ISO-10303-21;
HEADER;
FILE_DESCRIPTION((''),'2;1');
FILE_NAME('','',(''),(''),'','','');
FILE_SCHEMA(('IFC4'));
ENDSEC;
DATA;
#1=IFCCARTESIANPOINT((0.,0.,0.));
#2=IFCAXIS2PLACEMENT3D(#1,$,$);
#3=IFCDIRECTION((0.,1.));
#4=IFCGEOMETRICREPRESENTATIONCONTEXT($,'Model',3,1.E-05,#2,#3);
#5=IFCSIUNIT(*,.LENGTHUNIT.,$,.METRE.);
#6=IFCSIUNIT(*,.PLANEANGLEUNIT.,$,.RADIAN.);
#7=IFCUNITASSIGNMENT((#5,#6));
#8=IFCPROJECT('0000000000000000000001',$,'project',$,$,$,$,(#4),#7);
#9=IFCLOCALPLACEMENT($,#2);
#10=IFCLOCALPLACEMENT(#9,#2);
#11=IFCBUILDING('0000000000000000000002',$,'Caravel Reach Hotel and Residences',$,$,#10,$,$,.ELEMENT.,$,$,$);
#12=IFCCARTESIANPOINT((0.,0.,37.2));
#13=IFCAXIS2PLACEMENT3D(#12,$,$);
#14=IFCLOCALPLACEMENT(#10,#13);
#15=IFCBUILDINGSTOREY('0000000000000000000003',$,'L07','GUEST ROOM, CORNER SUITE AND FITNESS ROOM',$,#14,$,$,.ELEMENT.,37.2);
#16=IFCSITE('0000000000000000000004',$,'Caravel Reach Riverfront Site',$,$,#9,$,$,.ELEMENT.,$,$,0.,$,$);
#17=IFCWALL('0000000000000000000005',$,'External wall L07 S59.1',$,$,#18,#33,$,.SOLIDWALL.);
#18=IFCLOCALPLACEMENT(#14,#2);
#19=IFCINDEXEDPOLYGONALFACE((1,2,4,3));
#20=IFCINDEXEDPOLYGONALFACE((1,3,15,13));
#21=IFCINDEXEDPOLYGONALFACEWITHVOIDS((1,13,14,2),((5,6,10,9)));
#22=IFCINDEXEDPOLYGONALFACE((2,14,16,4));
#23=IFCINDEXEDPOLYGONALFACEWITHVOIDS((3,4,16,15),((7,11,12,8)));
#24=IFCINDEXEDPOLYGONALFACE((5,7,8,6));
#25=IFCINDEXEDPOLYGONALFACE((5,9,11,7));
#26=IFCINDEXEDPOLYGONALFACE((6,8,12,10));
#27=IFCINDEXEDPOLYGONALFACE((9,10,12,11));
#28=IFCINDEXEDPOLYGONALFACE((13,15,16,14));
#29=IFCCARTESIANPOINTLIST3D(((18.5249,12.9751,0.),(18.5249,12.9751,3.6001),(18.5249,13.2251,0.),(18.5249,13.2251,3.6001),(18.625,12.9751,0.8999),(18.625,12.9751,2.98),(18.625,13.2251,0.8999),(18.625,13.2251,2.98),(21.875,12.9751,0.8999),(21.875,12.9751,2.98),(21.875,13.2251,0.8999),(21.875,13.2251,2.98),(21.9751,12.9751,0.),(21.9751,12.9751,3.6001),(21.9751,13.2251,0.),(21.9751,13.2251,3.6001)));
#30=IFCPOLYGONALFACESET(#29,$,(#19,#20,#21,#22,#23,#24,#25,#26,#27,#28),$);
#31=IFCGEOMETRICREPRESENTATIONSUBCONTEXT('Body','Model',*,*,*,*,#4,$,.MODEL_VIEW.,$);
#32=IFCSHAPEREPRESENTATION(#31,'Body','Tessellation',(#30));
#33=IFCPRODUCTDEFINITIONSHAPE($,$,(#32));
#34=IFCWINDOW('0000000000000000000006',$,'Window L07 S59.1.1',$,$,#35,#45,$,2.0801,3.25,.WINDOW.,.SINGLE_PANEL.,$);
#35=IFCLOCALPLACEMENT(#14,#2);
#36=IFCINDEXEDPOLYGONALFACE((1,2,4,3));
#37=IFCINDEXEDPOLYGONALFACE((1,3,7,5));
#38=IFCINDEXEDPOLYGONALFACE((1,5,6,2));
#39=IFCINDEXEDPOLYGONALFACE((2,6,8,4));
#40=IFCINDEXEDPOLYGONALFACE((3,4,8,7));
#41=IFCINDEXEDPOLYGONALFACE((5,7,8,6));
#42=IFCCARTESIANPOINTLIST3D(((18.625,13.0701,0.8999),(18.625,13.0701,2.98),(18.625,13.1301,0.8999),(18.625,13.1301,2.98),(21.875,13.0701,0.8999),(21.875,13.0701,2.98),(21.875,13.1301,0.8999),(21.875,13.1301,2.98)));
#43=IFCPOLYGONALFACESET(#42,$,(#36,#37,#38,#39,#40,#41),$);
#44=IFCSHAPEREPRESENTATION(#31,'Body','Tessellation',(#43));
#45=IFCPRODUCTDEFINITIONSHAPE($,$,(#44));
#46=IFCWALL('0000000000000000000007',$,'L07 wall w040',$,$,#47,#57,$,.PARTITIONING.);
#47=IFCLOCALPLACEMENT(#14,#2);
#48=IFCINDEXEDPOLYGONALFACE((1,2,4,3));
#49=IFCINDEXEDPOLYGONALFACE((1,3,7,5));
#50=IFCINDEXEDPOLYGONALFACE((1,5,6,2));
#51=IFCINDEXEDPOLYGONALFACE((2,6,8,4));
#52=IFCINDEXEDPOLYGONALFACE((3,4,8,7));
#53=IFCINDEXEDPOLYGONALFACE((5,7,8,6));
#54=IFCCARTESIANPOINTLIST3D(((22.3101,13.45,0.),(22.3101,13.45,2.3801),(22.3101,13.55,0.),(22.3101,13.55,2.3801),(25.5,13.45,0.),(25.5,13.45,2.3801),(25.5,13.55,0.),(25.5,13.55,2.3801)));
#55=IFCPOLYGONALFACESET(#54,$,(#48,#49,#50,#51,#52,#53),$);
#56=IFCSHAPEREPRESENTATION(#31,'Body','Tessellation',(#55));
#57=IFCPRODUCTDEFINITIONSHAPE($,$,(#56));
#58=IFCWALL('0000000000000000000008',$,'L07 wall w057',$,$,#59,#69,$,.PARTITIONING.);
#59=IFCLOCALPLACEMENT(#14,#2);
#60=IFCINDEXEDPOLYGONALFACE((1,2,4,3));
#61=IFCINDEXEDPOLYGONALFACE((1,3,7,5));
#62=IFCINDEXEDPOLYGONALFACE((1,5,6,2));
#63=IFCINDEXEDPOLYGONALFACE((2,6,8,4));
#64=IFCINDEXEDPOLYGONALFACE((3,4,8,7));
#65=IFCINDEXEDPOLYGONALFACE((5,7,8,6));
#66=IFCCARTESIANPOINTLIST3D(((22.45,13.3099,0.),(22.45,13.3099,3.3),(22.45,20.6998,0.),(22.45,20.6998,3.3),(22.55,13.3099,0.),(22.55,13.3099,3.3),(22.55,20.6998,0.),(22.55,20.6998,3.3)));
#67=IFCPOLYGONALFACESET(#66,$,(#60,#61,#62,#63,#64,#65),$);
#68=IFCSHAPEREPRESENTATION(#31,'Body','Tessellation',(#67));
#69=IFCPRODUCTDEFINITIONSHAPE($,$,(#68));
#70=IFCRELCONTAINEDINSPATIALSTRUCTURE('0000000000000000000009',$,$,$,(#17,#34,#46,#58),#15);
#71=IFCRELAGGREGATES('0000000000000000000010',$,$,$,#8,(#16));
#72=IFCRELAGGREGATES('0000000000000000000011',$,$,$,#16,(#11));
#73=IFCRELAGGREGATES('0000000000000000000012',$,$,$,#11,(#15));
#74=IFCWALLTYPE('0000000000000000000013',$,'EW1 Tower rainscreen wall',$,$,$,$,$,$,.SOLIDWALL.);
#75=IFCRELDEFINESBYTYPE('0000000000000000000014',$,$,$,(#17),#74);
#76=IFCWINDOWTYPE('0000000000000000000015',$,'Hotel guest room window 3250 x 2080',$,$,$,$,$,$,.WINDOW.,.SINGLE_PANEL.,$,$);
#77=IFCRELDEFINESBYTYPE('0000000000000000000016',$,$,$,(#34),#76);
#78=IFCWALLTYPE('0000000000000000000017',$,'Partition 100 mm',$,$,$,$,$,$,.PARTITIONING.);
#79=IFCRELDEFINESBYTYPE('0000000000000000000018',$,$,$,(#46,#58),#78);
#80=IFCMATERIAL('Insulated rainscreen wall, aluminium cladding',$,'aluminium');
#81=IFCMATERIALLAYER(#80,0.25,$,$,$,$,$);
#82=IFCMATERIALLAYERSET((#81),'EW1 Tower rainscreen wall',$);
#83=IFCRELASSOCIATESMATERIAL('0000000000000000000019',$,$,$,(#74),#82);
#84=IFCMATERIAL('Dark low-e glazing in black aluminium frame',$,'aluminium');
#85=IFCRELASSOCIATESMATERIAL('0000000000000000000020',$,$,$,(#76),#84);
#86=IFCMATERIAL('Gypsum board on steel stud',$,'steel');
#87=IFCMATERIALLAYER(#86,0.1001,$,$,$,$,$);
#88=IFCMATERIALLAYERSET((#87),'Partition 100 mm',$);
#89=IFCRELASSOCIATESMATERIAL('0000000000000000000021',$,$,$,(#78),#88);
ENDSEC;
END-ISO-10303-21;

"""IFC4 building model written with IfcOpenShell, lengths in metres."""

from ifc_helpers import new_model, si_unit, direction, frame, frame_2d, origin, place, context, subcontext, project, spatial, rectangle, extrude, material, layer, layer_set, type_object, element, fill, save


model = new_model("IFC4")

# Units and contexts
model_context = context("Model", 3, precision=1e-05, world=origin(), true_north=direction((0.0, 1.0)))
body_context = subcontext(model_context, "Body", "Model", "MODEL_VIEW")
ifc_project = project(units=[si_unit("LENGTHUNIT", "METRE"), si_unit("PLANEANGLEUNIT", "RADIAN")], contexts=[model_context])

# Site, building, storey
site_placement = place(None, origin())
site = spatial("IfcSite", under=ifc_project, at=site_placement, Name="Caravel Reach Riverfront Site", CompositionType="ELEMENT", RefElevation=0.0)
building_placement = place(site_placement, origin())
building = spatial("IfcBuilding", under=site, at=building_placement, Name="Caravel Reach Hotel and Residences", CompositionType="ELEMENT")
storey_placement = place(building_placement, frame((0.0, 0.0, 37.2)))
storey = spatial("IfcBuildingStorey", under=building, at=storey_placement, Name="L07", Description="GUEST ROOM, CORNER SUITE AND FITNESS ROOM", CompositionType="ELEMENT", Elevation=37.2)

# Wall, opening, window
ifc_material_1 = material(Name="Insulated rainscreen wall, aluminium cladding", Category="aluminium")
ifc_layer_1 = layer(ifc_material_1, 0.25)
ifc_layer_set_1 = layer_set([ifc_layer_1], Name="EW1 Tower rainscreen wall")
wall_type_1 = type_object("IfcWallType", Name="EW1 Tower rainscreen wall", PredefinedType="SOLIDWALL", material=ifc_layer_set_1)
wall_1_placement = place(storey_placement, frame((18.5249, 13.1001, 0.0), z_axis=(0.0, 0.0, 1.0), x_axis=(1.0, 0.0, 0.0)))
wall_1 = element("IfcWall", 1, at=wall_1_placement, inside=storey, type_object=wall_type_1, Name="External wall L07 S59.1", PredefinedType="SOLIDWALL", context=body_context, shape_type="SweptSolid", body=[
    extrude(rectangle(XDim=3.4502, YDim=0.25, at=frame_2d((1.7251, 0.0))), origin(), (0.0, 0.0, 1.0), 3.6001),
])
opening_1_placement = place(wall_1_placement, frame((0.1001, 0.0, 0.8999)))
opening_1 = element("IfcOpeningElement", 2, at=opening_1_placement, cuts=wall_1, PredefinedType="OPENING", context=body_context, shape_type="SweptSolid", body=[
    extrude(rectangle(XDim=3.25, YDim=2.0801, at=frame_2d((1.625, 1.04))), frame((0.0, 0.135, 0.0), z_axis=(0.0, -1.0, 0.0), x_axis=(1.0, 0.0, 0.0)), (0.0, 0.0, 1.0), 0.27),
])
ifc_material_2 = material(Name="Dark low-e glazing in black aluminium frame", Category="aluminium")
window_type_1 = type_object("IfcWindowType", Name="Hotel guest room window 3250 x 2080", PartitioningType="SINGLE_PANEL", PredefinedType="WINDOW", material=ifc_material_2)
window_1_placement = place(opening_1_placement, origin())
window_1 = element("IfcWindow", 3, at=window_1_placement, inside=storey, type_object=window_type_1, Name="Window L07 S59.1.1", OverallHeight=2.0801, OverallWidth=3.25, PartitioningType="SINGLE_PANEL", PredefinedType="WINDOW", context=body_context, shape_type="SweptSolid", body=[
    extrude(rectangle(XDim=3.25, YDim=2.0801, at=frame_2d((1.625, 1.04))), frame((0.0, 0.03, 0.0), z_axis=(0.0, -1.0, 0.0), x_axis=(1.0, 0.0, 0.0)), (0.0, 0.0, 1.0), 0.0601),
])
fill(opening_1, window_1)

# Walls
ifc_material_3 = material(Name="Gypsum board on steel stud", Category="steel")
ifc_layer_2 = layer(ifc_material_3, 0.1001)
ifc_layer_set_2 = layer_set([ifc_layer_2], Name="Partition 100 mm")
wall_type_2 = type_object("IfcWallType", Name="Partition 100 mm", PredefinedType="PARTITIONING", material=ifc_layer_set_2)
wall_2_placement = place(storey_placement, frame((22.3101, 13.5, 0.0), z_axis=(0.0, 0.0, 1.0), x_axis=(1.0, 0.0, 0.0)))
element("IfcWall", 4, at=wall_2_placement, inside=storey, type_object=wall_type_2, Name="L07 wall w040", PredefinedType="PARTITIONING", context=body_context, shape_type="SweptSolid", body=[
    extrude(rectangle(XDim=3.1899, YDim=0.1001, at=frame_2d((1.595, 0.0))), origin(), (0.0, 0.0, 1.0), 2.3801),
])
wall_3_placement = place(storey_placement, frame((22.5, 13.3101, 0.0), z_axis=(0.0, 0.0, 1.0), x_axis=(0.0, 1.0, 0.0)))
element("IfcWall", 5, at=wall_3_placement, inside=storey, type_object=wall_type_2, Name="L07 wall w057", PredefinedType="PARTITIONING", context=body_context, shape_type="SweptSolid", body=[
    extrude(rectangle(XDim=7.3899, YDim=0.1001, at=frame_2d((3.6948, 0.0))), origin(), (0.0, 0.0, 1.0), 3.3),
])

save(model, "model.ifc")
